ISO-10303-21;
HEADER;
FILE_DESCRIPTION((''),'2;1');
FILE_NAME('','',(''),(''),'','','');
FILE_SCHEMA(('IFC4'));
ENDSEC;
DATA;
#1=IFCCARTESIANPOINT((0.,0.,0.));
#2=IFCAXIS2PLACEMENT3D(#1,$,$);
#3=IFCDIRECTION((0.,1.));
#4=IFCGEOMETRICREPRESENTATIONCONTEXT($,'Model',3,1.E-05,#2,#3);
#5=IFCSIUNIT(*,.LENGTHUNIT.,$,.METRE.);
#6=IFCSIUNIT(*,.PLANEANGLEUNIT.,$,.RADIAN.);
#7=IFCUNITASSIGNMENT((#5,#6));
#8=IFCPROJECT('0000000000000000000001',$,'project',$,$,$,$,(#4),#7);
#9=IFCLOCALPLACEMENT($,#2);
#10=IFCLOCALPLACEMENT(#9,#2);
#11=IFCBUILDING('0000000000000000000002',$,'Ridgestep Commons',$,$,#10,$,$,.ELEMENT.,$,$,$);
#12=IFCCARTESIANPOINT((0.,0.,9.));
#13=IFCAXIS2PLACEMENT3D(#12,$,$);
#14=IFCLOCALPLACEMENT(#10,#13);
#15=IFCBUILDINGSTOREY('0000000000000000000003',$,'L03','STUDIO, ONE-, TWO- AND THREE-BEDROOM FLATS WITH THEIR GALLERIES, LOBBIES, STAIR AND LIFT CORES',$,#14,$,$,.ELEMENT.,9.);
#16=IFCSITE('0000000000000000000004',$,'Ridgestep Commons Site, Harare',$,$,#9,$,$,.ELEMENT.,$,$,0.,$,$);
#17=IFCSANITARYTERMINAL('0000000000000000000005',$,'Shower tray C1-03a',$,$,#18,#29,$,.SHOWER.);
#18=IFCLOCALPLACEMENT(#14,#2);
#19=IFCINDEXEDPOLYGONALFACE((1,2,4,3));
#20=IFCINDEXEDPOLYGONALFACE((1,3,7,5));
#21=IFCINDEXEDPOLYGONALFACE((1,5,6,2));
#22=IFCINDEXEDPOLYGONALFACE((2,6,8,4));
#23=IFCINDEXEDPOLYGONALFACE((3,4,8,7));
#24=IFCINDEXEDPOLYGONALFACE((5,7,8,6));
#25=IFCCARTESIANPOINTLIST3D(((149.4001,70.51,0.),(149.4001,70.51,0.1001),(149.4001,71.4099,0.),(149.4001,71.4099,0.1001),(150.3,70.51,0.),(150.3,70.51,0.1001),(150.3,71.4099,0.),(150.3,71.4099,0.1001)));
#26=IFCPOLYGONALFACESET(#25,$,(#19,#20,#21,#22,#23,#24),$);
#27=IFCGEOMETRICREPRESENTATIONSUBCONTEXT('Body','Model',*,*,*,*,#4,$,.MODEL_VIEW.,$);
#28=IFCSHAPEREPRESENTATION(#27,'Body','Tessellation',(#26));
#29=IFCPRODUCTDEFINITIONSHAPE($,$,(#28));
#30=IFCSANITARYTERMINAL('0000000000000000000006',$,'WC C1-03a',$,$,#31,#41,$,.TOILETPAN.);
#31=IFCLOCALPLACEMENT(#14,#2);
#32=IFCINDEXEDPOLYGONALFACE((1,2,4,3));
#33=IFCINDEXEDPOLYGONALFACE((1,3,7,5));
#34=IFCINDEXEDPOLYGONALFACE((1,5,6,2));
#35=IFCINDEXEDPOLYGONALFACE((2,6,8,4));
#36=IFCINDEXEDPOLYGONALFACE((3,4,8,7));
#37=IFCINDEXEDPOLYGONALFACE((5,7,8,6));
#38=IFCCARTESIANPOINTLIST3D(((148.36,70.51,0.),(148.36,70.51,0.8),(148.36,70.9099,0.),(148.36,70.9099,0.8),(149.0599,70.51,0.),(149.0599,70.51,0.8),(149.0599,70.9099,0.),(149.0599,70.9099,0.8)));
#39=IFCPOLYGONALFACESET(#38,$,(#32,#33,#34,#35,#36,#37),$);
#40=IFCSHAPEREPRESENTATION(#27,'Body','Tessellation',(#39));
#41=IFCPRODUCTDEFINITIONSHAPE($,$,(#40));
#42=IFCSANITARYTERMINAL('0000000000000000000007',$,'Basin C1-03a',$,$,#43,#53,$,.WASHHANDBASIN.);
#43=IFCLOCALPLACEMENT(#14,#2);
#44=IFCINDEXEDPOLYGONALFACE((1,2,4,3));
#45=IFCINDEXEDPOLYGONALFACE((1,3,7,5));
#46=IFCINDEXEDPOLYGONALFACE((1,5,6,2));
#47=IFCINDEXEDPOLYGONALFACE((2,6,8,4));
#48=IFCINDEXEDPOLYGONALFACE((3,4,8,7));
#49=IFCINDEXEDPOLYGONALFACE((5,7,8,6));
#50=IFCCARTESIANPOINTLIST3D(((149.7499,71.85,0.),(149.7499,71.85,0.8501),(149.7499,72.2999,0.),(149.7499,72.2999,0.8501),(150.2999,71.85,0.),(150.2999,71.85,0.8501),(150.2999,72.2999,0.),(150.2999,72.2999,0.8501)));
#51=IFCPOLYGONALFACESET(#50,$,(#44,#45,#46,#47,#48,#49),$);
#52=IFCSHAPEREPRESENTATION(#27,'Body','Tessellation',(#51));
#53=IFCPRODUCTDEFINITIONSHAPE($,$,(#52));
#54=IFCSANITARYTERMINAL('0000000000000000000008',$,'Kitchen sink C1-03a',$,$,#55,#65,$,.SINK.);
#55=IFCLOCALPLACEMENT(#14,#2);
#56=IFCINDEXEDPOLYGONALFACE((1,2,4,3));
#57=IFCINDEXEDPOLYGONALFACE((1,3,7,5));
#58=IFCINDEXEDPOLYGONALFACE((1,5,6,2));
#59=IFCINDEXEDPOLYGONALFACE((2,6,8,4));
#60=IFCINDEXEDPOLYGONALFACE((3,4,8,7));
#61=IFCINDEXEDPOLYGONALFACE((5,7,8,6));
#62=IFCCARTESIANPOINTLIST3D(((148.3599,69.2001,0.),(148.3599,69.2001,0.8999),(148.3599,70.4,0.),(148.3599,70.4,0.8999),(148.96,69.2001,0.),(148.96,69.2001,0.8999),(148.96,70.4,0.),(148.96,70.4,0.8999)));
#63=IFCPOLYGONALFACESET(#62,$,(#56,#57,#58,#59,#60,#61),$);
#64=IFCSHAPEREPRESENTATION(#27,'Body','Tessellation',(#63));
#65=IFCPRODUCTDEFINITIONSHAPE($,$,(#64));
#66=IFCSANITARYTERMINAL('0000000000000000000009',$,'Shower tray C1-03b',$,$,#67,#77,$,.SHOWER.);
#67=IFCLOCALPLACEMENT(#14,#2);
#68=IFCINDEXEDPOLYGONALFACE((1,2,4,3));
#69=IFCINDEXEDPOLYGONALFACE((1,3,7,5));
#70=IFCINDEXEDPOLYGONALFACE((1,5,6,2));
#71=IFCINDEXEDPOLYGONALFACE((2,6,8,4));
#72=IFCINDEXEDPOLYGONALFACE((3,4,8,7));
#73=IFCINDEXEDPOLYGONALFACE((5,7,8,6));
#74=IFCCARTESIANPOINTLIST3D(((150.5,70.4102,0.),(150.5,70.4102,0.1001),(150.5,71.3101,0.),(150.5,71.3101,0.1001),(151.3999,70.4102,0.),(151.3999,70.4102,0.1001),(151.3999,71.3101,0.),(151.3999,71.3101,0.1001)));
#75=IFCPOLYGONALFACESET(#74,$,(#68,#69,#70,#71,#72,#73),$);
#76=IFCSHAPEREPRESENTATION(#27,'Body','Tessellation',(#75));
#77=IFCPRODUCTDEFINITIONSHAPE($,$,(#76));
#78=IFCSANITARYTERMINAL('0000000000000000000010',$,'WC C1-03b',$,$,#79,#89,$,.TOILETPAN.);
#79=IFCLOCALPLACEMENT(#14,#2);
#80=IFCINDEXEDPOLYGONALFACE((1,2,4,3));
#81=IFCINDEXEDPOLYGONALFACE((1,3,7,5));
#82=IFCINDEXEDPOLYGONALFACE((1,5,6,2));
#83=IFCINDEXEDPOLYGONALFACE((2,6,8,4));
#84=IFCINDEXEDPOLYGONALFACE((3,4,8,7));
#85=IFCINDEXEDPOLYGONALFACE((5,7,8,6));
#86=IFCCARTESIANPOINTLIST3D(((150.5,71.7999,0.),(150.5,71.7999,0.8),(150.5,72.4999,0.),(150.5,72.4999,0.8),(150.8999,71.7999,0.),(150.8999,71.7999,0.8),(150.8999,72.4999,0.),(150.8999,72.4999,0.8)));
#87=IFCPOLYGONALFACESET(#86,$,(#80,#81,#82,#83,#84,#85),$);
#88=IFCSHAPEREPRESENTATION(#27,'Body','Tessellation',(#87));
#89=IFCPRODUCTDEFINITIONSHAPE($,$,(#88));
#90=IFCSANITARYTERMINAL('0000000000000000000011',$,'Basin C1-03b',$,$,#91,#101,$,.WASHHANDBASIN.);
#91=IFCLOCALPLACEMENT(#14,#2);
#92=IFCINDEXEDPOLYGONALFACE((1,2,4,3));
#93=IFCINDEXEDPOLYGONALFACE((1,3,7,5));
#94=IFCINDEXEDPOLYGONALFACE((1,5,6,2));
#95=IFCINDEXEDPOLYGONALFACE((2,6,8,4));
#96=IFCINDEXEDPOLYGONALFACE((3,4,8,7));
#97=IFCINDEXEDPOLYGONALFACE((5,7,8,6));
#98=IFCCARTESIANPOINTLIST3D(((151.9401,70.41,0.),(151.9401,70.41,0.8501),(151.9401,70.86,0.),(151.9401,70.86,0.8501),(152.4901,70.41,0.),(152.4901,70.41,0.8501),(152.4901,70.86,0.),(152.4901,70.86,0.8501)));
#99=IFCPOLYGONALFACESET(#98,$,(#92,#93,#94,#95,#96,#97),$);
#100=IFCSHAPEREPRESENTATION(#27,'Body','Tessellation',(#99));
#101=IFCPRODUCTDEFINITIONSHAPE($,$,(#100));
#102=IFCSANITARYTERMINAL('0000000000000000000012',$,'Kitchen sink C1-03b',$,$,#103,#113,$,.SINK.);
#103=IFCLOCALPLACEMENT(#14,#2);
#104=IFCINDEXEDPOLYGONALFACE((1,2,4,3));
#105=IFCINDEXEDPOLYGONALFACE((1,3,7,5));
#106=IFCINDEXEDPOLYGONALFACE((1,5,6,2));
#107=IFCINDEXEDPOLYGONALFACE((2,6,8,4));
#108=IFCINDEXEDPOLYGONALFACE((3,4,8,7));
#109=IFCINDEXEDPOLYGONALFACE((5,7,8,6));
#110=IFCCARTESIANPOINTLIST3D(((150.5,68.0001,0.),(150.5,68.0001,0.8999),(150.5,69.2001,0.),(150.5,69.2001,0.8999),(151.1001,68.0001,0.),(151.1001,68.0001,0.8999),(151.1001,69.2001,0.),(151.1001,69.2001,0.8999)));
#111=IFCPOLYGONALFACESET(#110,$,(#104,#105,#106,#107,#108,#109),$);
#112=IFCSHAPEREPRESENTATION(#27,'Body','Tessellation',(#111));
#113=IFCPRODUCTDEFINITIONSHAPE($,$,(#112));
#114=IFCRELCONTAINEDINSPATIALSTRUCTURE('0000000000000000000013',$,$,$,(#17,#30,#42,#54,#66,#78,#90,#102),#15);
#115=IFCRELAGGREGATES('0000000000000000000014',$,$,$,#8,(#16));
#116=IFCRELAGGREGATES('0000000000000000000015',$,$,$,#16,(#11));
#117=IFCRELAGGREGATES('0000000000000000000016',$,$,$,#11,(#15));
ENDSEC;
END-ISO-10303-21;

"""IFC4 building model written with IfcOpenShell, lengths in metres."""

from ifc_helpers import new_model, si_unit, direction, frame, origin, origin_2d, place, context, subcontext, project, spatial, rectangle, extrude, element, save


model = new_model("IFC4")

# Units and contexts
model_context = context("Model", 3, precision=1e-05, world=origin(), true_north=direction((0.0, 1.0)))
body_context = subcontext(model_context, "Body", "Model", "MODEL_VIEW")
ifc_project = project(units=[si_unit("LENGTHUNIT", "METRE"), si_unit("PLANEANGLEUNIT", "RADIAN")], contexts=[model_context])

# Site, building, storey
site_placement = place(None, origin())
site = spatial("IfcSite", under=ifc_project, at=site_placement, Name="Ridgestep Commons Site, Harare", CompositionType="ELEMENT", RefElevation=0.0)
building_placement = place(site_placement, origin())
building = spatial("IfcBuilding", under=site, at=building_placement, Name="Ridgestep Commons", CompositionType="ELEMENT")
storey_placement = place(building_placement, frame((0.0, 0.0, 9.0)))
storey = spatial("IfcBuildingStorey", under=building, at=storey_placement, Name="L03", Description="STUDIO, ONE-, TWO- AND THREE-BEDROOM FLATS WITH THEIR GALLERIES, LOBBIES, STAIR AND LIFT CORES", CompositionType="ELEMENT", Elevation=9.0)

# Sanitary terminals
sanitary_terminal_1_placement = place(storey_placement, frame((149.8501, 70.96, 0.0), z_axis=(0.0, 0.0, 1.0), x_axis=(1.0, 0.0, 0.0)))
element("IfcSanitaryTerminal", 1, at=sanitary_terminal_1_placement, inside=storey, Name="Shower tray C1-03a", PredefinedType="SHOWER", context=body_context, shape_type="SweptSolid", body=[
    extrude(rectangle(XDim=0.8999, YDim=0.8999, at=origin_2d()), origin(), (0.0, 0.0, 1.0), 0.1001),
])
sanitary_terminal_2_placement = place(storey_placement, frame((148.71, 70.71, 0.0), z_axis=(0.0, 0.0, 1.0), x_axis=(1.0, 0.0, 0.0)))
element("IfcSanitaryTerminal", 2, at=sanitary_terminal_2_placement, inside=storey, Name="WC C1-03a", PredefinedType="TOILETPAN", context=body_context, shape_type="SweptSolid", body=[
    extrude(rectangle(XDim=0.7, YDim=0.3999, at=origin_2d()), origin(), (0.0, 0.0, 1.0), 0.8),
])
sanitary_terminal_3_placement = place(storey_placement, frame((150.0249, 72.075, 0.0), z_axis=(0.0, 0.0, 1.0), x_axis=(1.0, 0.0, 0.0)))
element("IfcSanitaryTerminal", 3, at=sanitary_terminal_3_placement, inside=storey, Name="Basin C1-03a", PredefinedType="WASHHANDBASIN", context=body_context, shape_type="SweptSolid", body=[
    extrude(rectangle(XDim=0.55, YDim=0.45, at=origin_2d()), origin(), (0.0, 0.0, 1.0), 0.8501),
])
sanitary_terminal_4_placement = place(storey_placement, frame((148.6599, 69.8, 0.0), z_axis=(0.0, 0.0, 1.0), x_axis=(1.0, 0.0, 0.0)))
element("IfcSanitaryTerminal", 4, at=sanitary_terminal_4_placement, inside=storey, Name="Kitchen sink C1-03a", PredefinedType="SINK", context=body_context, shape_type="SweptSolid", body=[
    extrude(rectangle(XDim=0.6001, YDim=1.2, at=origin_2d()), origin(), (0.0, 0.0, 1.0), 0.8999),
])
sanitary_terminal_5_placement = place(storey_placement, frame((150.95, 70.8601, 0.0), z_axis=(0.0, 0.0, 1.0), x_axis=(1.0, 0.0, 0.0)))
element("IfcSanitaryTerminal", 5, at=sanitary_terminal_5_placement, inside=storey, Name="Shower tray C1-03b", PredefinedType="SHOWER", context=body_context, shape_type="SweptSolid", body=[
    extrude(rectangle(XDim=0.8999, YDim=0.8999, at=origin_2d()), origin(), (0.0, 0.0, 1.0), 0.1001),
])
sanitary_terminal_6_placement = place(storey_placement, frame((150.7, 72.1499, 0.0), z_axis=(0.0, 0.0, 1.0), x_axis=(1.0, 0.0, 0.0)))
element("IfcSanitaryTerminal", 6, at=sanitary_terminal_6_placement, inside=storey, Name="WC C1-03b", PredefinedType="TOILETPAN", context=body_context, shape_type="SweptSolid", body=[
    extrude(rectangle(XDim=0.3999, YDim=0.7, at=origin_2d()), origin(), (0.0, 0.0, 1.0), 0.8),
])
sanitary_terminal_7_placement = place(storey_placement, frame((152.2151, 70.635, 0.0), z_axis=(0.0, 0.0, 1.0), x_axis=(1.0, 0.0, 0.0)))
element("IfcSanitaryTerminal", 7, at=sanitary_terminal_7_placement, inside=storey, Name="Basin C1-03b", PredefinedType="WASHHANDBASIN", context=body_context, shape_type="SweptSolid", body=[
    extrude(rectangle(XDim=0.55, YDim=0.45, at=origin_2d()), origin(), (0.0, 0.0, 1.0), 0.8501),
])
sanitary_terminal_8_placement = place(storey_placement, frame((150.8, 68.6001, 0.0), z_axis=(0.0, 0.0, 1.0), x_axis=(1.0, 0.0, 0.0)))
element("IfcSanitaryTerminal", 8, at=sanitary_terminal_8_placement, inside=storey, Name="Kitchen sink C1-03b", PredefinedType="SINK", context=body_context, shape_type="SweptSolid", body=[
    extrude(rectangle(XDim=0.6001, YDim=1.2, at=origin_2d()), origin(), (0.0, 0.0, 1.0), 0.8999),
])

save(model, "model.ifc")
